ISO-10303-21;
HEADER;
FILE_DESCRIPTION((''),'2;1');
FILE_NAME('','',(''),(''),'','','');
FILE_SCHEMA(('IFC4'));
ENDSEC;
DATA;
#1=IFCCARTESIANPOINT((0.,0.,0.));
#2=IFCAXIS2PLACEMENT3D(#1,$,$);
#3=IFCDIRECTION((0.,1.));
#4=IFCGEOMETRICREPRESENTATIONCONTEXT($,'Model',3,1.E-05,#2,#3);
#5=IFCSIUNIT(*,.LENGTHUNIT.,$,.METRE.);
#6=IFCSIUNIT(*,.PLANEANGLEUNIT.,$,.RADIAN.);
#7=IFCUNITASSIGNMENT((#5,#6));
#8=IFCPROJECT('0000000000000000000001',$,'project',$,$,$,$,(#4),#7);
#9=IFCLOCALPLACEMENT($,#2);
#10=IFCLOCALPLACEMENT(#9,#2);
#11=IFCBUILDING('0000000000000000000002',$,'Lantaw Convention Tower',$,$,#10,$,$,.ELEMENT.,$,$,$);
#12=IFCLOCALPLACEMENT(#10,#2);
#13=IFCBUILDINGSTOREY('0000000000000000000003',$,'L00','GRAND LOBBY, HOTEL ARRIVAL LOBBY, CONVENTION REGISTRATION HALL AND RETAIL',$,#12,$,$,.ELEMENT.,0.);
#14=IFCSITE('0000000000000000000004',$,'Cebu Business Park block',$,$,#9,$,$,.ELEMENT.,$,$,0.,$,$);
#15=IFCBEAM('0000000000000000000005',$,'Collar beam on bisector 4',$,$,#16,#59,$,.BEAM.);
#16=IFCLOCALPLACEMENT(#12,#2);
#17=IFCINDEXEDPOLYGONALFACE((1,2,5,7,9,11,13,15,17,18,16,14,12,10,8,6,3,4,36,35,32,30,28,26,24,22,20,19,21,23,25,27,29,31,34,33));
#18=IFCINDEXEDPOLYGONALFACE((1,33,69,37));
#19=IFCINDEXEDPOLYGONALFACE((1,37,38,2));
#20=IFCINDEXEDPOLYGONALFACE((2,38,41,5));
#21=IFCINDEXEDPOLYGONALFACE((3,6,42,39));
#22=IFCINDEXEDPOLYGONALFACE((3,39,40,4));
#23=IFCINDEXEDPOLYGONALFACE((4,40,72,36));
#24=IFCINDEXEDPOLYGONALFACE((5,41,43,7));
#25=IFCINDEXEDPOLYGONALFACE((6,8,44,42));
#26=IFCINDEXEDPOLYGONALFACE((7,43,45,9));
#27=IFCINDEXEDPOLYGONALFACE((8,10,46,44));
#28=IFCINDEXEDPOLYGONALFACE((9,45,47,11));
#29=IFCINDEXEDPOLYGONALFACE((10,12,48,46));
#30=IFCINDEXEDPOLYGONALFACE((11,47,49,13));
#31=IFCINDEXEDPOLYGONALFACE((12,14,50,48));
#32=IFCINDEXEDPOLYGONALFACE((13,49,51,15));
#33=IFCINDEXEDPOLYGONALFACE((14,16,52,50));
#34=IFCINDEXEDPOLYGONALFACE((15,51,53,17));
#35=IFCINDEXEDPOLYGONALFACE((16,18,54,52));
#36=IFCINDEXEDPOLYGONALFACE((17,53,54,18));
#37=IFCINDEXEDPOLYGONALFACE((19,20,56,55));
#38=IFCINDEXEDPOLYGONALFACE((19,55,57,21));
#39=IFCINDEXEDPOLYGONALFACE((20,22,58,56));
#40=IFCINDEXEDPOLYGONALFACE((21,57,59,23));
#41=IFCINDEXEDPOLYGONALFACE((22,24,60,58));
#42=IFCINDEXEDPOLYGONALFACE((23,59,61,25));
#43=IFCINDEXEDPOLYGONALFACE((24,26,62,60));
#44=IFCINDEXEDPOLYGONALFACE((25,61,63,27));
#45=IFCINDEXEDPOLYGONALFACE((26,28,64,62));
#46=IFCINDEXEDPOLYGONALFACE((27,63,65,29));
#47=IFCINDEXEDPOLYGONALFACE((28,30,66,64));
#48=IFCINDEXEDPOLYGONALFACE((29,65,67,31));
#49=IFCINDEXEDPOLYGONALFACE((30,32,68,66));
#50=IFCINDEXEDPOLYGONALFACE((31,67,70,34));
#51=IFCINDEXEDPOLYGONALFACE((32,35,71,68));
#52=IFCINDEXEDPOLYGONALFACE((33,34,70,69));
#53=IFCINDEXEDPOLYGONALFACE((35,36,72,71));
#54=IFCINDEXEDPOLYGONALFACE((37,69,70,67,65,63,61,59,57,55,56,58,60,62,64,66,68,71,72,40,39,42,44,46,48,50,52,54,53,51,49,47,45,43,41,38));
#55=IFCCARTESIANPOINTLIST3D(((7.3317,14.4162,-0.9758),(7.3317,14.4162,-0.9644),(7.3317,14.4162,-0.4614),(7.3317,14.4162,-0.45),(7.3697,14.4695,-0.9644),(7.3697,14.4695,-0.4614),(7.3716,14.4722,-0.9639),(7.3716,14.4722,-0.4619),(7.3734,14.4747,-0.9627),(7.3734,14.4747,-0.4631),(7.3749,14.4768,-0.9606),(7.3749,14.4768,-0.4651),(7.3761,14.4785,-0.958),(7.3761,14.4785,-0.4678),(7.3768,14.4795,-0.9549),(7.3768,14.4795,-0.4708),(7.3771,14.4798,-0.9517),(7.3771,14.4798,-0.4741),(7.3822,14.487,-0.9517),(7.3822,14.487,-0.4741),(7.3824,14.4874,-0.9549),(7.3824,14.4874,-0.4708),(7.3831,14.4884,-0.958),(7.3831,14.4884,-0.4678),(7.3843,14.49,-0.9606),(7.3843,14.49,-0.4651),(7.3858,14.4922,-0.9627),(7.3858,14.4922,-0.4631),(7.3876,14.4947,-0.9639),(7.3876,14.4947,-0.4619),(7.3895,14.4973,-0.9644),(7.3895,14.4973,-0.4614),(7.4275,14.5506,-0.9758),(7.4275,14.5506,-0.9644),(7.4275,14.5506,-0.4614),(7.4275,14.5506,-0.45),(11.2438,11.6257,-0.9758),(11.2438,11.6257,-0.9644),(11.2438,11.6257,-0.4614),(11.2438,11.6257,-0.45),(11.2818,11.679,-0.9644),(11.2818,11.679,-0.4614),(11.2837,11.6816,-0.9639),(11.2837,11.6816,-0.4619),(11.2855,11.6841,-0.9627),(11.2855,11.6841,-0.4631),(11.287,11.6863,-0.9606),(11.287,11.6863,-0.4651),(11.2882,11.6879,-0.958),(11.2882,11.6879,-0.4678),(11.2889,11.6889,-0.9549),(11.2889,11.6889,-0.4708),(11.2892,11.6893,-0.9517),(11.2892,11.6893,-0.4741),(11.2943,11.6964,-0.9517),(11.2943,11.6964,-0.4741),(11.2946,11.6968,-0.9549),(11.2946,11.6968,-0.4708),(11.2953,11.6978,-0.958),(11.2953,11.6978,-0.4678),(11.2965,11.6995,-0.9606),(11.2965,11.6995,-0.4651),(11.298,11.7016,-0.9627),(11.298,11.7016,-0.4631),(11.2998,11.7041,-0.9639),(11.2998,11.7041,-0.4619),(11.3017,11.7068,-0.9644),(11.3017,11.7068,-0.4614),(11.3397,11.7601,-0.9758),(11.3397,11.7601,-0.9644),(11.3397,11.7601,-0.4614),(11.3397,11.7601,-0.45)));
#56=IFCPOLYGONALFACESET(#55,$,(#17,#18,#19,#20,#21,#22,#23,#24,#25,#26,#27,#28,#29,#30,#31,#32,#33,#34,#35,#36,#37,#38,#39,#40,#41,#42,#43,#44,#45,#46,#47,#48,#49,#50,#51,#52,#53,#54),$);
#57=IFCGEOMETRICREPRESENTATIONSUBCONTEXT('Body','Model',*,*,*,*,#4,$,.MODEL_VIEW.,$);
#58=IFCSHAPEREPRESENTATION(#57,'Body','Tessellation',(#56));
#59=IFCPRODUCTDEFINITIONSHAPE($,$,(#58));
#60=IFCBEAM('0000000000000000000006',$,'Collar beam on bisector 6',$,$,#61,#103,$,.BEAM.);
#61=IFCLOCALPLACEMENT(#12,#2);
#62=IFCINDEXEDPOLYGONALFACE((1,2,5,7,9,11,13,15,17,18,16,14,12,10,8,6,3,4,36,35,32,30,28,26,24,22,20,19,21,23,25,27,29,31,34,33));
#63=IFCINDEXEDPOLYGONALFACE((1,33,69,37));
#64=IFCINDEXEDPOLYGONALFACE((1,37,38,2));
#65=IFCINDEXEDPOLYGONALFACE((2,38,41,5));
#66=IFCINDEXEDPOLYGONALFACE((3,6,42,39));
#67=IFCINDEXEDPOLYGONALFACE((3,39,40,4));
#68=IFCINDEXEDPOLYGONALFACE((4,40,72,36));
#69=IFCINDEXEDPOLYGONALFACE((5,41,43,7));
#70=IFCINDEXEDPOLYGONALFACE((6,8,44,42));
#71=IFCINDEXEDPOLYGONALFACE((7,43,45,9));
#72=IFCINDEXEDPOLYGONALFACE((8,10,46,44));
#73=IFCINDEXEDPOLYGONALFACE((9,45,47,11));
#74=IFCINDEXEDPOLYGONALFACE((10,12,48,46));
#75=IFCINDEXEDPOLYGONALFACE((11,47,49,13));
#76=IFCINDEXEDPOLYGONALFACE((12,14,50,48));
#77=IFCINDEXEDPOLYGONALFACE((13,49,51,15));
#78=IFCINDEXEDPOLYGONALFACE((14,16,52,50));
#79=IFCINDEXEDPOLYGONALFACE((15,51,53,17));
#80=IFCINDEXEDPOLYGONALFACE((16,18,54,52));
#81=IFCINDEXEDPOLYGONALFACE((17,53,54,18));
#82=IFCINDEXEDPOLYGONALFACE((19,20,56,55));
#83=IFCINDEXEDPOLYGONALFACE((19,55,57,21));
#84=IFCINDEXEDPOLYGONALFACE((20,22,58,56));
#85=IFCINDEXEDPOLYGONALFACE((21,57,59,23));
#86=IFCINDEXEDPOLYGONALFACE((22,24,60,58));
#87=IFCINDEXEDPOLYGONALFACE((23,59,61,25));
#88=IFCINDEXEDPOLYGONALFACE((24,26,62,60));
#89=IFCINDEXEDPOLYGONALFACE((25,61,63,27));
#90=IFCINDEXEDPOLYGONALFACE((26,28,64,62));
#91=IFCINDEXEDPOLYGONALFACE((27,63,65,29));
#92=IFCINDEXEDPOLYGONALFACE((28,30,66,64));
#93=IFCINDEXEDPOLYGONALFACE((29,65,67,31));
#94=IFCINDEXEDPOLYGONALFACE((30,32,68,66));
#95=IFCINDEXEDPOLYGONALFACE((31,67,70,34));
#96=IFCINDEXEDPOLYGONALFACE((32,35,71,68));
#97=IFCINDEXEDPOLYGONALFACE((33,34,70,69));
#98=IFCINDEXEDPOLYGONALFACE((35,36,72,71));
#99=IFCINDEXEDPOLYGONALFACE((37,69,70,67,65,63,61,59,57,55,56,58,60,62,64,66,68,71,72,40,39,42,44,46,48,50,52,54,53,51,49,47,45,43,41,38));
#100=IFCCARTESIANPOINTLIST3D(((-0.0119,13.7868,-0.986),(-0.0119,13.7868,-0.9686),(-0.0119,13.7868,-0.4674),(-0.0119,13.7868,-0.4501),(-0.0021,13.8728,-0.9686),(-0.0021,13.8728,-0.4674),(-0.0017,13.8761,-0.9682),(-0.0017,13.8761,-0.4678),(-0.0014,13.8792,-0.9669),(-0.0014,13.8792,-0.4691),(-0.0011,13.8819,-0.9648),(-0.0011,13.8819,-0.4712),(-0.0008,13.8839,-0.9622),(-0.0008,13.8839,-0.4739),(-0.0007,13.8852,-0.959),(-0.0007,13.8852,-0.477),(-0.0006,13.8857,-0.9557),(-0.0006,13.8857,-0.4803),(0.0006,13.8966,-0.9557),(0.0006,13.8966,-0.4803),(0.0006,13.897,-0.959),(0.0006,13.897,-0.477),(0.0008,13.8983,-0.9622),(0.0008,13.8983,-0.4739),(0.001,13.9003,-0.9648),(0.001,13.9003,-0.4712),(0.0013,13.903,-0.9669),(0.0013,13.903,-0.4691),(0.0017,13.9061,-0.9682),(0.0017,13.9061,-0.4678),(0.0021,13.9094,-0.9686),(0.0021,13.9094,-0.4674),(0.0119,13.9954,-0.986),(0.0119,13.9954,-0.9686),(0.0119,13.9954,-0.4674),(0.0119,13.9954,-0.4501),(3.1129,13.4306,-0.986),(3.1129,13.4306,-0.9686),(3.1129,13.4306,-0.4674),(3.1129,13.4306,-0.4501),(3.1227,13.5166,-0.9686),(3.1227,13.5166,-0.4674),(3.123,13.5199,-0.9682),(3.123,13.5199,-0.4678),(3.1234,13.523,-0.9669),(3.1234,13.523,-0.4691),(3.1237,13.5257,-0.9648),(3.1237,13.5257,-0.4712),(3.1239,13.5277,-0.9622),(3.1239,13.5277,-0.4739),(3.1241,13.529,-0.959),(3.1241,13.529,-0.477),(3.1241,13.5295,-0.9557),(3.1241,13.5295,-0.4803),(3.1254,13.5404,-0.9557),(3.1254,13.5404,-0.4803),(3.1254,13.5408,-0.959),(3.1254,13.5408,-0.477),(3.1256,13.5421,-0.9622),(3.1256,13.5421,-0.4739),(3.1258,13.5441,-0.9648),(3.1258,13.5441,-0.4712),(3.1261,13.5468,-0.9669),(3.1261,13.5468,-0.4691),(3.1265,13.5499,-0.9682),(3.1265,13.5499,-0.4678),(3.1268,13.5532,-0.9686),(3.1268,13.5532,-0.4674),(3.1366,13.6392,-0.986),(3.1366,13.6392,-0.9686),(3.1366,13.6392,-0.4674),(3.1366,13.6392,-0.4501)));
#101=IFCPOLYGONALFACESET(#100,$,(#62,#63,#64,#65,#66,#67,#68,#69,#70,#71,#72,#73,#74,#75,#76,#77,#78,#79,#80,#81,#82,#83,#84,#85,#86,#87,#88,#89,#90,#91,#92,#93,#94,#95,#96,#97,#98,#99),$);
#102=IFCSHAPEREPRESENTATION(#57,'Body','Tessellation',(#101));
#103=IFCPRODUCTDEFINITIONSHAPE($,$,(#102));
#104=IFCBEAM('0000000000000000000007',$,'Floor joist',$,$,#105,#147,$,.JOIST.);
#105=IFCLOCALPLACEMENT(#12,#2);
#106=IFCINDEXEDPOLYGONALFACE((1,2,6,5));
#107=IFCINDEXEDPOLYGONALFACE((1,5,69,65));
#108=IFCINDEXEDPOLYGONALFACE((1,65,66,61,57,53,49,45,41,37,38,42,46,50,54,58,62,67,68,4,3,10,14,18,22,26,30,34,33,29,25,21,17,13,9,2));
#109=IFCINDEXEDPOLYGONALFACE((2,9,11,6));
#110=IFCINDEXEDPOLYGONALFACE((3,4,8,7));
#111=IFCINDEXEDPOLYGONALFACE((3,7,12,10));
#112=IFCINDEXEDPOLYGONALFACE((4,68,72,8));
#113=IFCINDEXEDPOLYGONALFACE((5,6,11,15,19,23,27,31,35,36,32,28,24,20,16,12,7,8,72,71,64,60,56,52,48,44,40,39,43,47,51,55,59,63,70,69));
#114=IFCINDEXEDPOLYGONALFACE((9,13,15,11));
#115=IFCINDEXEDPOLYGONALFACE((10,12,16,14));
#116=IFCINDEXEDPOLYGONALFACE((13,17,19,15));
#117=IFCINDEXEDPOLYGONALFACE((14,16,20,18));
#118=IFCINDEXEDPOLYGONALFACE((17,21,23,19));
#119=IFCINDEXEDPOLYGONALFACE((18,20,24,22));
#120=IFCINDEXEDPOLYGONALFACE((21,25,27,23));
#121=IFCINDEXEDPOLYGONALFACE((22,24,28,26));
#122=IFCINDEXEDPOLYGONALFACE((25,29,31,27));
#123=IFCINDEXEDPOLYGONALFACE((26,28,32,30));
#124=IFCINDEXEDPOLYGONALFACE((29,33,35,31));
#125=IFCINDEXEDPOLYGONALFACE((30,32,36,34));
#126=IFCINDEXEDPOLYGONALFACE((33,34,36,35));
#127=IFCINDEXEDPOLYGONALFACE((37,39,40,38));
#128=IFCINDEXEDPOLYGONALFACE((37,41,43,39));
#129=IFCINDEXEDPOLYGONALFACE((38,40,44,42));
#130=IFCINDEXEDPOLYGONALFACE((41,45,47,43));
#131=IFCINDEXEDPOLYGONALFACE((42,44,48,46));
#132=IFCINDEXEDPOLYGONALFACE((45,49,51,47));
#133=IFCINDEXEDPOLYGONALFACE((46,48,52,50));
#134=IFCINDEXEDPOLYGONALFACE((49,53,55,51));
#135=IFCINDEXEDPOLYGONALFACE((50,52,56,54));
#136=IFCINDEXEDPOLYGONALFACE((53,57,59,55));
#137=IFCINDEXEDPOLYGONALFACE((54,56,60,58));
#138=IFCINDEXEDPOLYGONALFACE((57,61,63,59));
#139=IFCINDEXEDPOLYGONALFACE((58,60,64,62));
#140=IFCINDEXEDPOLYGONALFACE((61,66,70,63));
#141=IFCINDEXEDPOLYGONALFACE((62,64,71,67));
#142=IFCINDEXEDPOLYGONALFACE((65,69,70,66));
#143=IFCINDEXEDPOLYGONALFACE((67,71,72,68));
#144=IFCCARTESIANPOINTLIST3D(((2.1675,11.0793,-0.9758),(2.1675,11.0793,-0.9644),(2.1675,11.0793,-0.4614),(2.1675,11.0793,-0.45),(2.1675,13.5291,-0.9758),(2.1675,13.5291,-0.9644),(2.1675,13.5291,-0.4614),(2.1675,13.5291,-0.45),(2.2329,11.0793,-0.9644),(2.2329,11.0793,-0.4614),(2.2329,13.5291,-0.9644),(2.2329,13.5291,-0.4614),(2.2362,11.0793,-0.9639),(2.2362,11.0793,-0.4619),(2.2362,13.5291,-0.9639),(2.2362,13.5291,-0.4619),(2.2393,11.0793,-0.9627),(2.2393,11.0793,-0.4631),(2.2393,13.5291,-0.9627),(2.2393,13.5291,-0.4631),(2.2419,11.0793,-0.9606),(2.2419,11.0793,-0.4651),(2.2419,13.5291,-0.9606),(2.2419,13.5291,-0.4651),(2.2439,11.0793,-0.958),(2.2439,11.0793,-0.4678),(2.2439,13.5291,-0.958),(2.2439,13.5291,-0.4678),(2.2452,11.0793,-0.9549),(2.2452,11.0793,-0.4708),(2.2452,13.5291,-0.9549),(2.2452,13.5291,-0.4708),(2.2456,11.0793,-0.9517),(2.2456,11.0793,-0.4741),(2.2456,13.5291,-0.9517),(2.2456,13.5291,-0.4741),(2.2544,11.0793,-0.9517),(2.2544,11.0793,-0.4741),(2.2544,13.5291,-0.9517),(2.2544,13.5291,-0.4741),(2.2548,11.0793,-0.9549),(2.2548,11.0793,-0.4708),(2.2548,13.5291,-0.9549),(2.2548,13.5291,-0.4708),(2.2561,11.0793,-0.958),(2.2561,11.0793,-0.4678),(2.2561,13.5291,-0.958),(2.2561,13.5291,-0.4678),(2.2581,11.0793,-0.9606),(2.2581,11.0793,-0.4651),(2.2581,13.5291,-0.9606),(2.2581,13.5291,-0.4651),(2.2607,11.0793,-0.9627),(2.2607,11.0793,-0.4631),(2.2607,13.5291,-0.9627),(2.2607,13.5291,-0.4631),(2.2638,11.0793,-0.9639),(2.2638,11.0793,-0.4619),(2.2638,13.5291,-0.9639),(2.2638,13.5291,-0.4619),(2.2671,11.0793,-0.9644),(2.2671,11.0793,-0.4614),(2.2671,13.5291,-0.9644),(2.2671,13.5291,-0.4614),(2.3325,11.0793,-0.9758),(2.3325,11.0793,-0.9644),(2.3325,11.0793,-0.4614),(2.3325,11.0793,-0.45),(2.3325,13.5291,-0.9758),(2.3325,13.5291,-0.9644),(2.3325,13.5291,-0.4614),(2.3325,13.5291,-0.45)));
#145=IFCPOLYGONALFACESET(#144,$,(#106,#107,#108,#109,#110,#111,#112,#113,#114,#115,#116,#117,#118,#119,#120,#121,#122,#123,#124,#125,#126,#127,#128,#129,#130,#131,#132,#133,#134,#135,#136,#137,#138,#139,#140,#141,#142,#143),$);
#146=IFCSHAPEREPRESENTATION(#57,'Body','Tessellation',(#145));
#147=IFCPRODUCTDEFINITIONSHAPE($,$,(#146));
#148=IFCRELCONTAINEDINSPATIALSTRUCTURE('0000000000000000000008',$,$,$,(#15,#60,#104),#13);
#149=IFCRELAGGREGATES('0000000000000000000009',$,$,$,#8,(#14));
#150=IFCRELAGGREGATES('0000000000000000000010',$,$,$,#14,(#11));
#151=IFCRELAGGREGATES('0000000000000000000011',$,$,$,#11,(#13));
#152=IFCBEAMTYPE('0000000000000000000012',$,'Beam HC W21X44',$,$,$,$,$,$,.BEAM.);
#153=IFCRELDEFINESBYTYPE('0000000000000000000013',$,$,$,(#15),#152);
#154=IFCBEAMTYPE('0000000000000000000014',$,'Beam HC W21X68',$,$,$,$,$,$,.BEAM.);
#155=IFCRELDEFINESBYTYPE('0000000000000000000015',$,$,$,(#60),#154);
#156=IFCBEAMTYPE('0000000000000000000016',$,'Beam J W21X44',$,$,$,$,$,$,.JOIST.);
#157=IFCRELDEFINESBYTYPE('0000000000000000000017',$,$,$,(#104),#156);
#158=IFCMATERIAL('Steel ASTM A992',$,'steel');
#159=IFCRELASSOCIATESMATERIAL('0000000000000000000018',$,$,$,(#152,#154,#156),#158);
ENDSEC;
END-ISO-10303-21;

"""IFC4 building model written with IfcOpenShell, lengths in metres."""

from ifc_helpers import new_model, si_unit, direction, frame, origin, origin_2d, place, context, subcontext, project, spatial, i_section, extrude, material, material_profile, profile_set, type_object, element, save


model = new_model("IFC4")

# Units and contexts
model_context = context("Model", 3, precision=1e-05, world=origin(), true_north=direction((0.0, 1.0)))
body_context = subcontext(model_context, "Body", "Model", "MODEL_VIEW")
ifc_project = project(units=[si_unit("LENGTHUNIT", "METRE"), si_unit("PLANEANGLEUNIT", "RADIAN")], contexts=[model_context])

# Site, building, storey
site_placement = place(None, origin())
site = spatial("IfcSite", under=ifc_project, at=site_placement, Name="Cebu Business Park block", CompositionType="ELEMENT", RefElevation=0.0)
building_placement = place(site_placement, origin())
building = spatial("IfcBuilding", under=site, at=building_placement, Name="Lantaw Convention Tower", CompositionType="ELEMENT")
storey_placement = place(building_placement, origin())
storey = spatial("IfcBuildingStorey", under=building, at=storey_placement, Name="L00", Description="GRAND LOBBY, HOTEL ARRIVAL LOBBY, CONVENTION REGISTRATION HALL AND RETAIL", CompositionType="ELEMENT", Elevation=0.0)

# Beams
ifc_material_1 = material(Name="Steel ASTM A992", Category="steel")
ifc_material_profile_1 = material_profile(ifc_material_1, i_section(OverallWidth=0.165, OverallDepth=0.5259, WebThickness=0.0088, FlangeThickness=0.0115, FilletRadius=0.0127, at=origin_2d()), Name="W21X44")
ifc_profile_set_1 = profile_set([ifc_material_profile_1], Name="Steel ASTM A992")
beam_type_1 = type_object("IfcBeamType", Name="Beam HC W21X44", PredefinedType="BEAM", material=ifc_profile_set_1)
beam_1_placement = place(storey_placement, frame((11.2917, 11.6929, -0.7129), z_axis=(-0.814111, 0.580709, 0.0), x_axis=(-0.580709, -0.814111, 0.0)))
element("IfcBeam", 1, at=beam_1_placement, inside=storey, type_object=beam_type_1, Name="Collar beam on bisector 4", PredefinedType="BEAM", context=body_context, shape_type="SweptSolid", body=[
    extrude(i_section(OverallWidth=0.165, OverallDepth=0.5259, WebThickness=0.0088, FlangeThickness=0.0115, FilletRadius=0.0127, at=origin_2d()), origin(), (0.0, 0.0, 1.0), 4.8054),
])
ifc_material_profile_2 = material_profile(ifc_material_1, i_section(OverallWidth=0.21, OverallDepth=0.5359, WebThickness=0.011, FlangeThickness=0.0173, FilletRadius=0.0129, at=origin_2d()), Name="W21X68")
ifc_profile_set_2 = profile_set([ifc_material_profile_2], Name="Steel ASTM A992")
beam_type_2 = type_object("IfcBeamType", Name="Beam HC W21X68", PredefinedType="BEAM", material=ifc_profile_set_2)
beam_2_placement = place(storey_placement, frame((3.1248, 13.5349, -0.718), z_axis=(-0.993565, 0.11326, 0.0), x_axis=(-0.11326, -0.993565, 0.0)))
element("IfcBeam", 2, at=beam_2_placement, inside=storey, type_object=beam_type_2, Name="Collar beam on bisector 6", PredefinedType="BEAM", context=body_context, shape_type="SweptSolid", body=[
    extrude(i_section(OverallWidth=0.21, OverallDepth=0.5359, WebThickness=0.011, FlangeThickness=0.0173, FilletRadius=0.0129, at=origin_2d()), origin(), (0.0, 0.0, 1.0), 3.145),
])
ifc_material_profile_3 = material_profile(ifc_material_1, i_section(OverallWidth=0.165, OverallDepth=0.5259, WebThickness=0.0088, FlangeThickness=0.0115, FilletRadius=0.0127, at=origin_2d()), Name="W21X44")
ifc_profile_set_3 = profile_set([ifc_material_profile_3], Name="Steel ASTM A992")
beam_type_3 = type_object("IfcBeamType", Name="Beam J W21X44", PredefinedType="JOIST", material=ifc_profile_set_3)
beam_3_placement = place(storey_placement, frame((2.25, 11.0793, -0.7129), z_axis=(0.0, 1.0, 0.0), x_axis=(-1.0, 0.0, 0.0)))
element("IfcBeam", 3, at=beam_3_placement, inside=storey, type_object=beam_type_3, Name="Floor joist", PredefinedType="JOIST", context=body_context, shape_type="SweptSolid", body=[
    extrude(i_section(OverallWidth=0.165, OverallDepth=0.5259, WebThickness=0.0088, FlangeThickness=0.0115, FilletRadius=0.0127, at=origin_2d()), origin(), (0.0, 0.0, 1.0), 2.4497),
])

save(model, "model.ifc")
